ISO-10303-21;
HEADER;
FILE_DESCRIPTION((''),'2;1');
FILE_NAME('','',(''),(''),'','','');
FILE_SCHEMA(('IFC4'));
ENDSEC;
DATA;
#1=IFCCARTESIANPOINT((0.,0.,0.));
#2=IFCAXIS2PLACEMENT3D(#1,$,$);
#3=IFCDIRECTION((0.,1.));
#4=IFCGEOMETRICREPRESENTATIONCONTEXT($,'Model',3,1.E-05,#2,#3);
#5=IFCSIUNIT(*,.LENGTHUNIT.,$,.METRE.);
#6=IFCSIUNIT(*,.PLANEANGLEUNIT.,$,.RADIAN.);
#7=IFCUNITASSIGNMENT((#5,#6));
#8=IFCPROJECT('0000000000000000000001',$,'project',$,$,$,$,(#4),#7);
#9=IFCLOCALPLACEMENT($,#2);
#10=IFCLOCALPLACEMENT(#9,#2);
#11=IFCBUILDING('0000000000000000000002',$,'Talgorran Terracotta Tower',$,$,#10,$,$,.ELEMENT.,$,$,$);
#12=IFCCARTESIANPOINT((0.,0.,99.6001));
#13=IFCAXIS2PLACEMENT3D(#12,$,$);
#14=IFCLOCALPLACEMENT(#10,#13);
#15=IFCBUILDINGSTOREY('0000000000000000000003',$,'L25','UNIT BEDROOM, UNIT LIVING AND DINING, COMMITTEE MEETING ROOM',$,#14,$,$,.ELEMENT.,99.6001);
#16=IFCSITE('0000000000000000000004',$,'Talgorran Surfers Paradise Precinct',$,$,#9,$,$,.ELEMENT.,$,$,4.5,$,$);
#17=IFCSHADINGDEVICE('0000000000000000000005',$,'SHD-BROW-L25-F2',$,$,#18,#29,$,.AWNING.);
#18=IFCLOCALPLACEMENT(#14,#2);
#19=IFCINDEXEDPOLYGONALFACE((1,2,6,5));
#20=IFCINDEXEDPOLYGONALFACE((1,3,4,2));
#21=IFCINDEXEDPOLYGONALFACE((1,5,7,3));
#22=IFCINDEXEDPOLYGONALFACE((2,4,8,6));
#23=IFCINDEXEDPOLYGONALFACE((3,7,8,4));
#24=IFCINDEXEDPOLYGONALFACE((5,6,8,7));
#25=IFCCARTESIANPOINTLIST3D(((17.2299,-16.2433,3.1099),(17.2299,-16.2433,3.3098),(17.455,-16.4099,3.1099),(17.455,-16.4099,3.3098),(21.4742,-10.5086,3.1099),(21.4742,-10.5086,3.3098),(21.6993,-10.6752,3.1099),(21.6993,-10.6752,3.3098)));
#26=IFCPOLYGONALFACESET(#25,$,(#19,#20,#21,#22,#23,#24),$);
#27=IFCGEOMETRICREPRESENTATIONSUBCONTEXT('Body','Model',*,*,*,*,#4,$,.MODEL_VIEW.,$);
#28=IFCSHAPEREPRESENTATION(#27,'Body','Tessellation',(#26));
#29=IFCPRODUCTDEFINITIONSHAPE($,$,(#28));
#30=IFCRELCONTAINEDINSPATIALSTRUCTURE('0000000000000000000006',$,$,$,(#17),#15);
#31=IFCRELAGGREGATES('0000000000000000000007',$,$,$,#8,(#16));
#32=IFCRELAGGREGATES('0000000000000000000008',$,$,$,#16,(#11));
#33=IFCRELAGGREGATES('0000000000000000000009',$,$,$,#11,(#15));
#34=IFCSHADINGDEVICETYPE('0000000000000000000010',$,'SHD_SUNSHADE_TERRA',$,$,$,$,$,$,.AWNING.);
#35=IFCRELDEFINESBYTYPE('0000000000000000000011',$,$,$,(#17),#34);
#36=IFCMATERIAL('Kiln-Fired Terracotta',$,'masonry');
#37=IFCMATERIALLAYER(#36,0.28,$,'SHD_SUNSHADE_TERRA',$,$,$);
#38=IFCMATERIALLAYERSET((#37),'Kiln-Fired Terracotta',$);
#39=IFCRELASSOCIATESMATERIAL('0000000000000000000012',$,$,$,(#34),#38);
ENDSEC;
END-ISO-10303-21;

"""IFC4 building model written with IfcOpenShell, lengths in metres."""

from ifc_helpers import new_model, si_unit, direction, frame, origin, origin_2d, place, context, subcontext, project, spatial, rectangle, extrude, source, transform, mapped, material, layer, layer_set, type_object, type_shapes, element, save


model = new_model("IFC4")

# Units and contexts
model_context = context("Model", 3, precision=1e-05, world=origin(), true_north=direction((0.0, 1.0)))
body_context = subcontext(model_context, "Body", "Model", "MODEL_VIEW")
ifc_project = project(units=[si_unit("LENGTHUNIT", "METRE"), si_unit("PLANEANGLEUNIT", "RADIAN")], contexts=[model_context])

# Site, building, storey
site_placement = place(None, origin())
site = spatial("IfcSite", under=ifc_project, at=site_placement, Name="Talgorran Surfers Paradise Precinct", CompositionType="ELEMENT", RefElevation=4.5)
building_placement = place(site_placement, origin())
building = spatial("IfcBuilding", under=site, at=building_placement, Name="Talgorran Terracotta Tower", CompositionType="ELEMENT")
storey_placement = place(building_placement, frame((0.0, 0.0, 99.6001)))
storey = spatial("IfcBuildingStorey", under=building, at=storey_placement, Name="L25", Description="UNIT BEDROOM, UNIT LIVING AND DINING, COMMITTEE MEETING ROOM", CompositionType="ELEMENT", Elevation=99.6001)

# Shading device
ifc_material_1 = material(Name="Kiln-Fired Terracotta", Category="masonry")
ifc_layer_1 = layer(ifc_material_1, 0.28, Name="SHD_SUNSHADE_TERRA")
ifc_layer_set_1 = layer_set([ifc_layer_1], Name="Kiln-Fired Terracotta")
shading_device_type = type_object("IfcShadingDeviceType", Name="SHD_SUNSHADE_TERRA", PredefinedType="AWNING", material=ifc_layer_set_1)
shared_shape_1 = source(origin(), body_context, "Body", "SweptSolid", [
    extrude(rectangle(XDim=7.1345, YDim=0.28, at=origin_2d()), origin(), (0.0, 0.0, 1.0), 0.2),
])
type_shapes(shading_device_type, [shared_shape_1])
shading_device_placement = place(storey_placement, frame((19.4646, -13.4592, 3.1099), z_axis=(0.0, 0.0, 1.0), x_axis=(0.594907, 0.803795, 0.0)))
element("IfcShadingDevice", 1, at=shading_device_placement, inside=storey, type_object=shading_device_type, Name="SHD-BROW-L25-F2", PredefinedType="AWNING", context=body_context, shape_type="MappedRepresentation", body=[
    mapped(shared_shape_1, transform((0.0, 0.0, 0.0), scale=1.0)),
])

save(model, "model.ifc")
